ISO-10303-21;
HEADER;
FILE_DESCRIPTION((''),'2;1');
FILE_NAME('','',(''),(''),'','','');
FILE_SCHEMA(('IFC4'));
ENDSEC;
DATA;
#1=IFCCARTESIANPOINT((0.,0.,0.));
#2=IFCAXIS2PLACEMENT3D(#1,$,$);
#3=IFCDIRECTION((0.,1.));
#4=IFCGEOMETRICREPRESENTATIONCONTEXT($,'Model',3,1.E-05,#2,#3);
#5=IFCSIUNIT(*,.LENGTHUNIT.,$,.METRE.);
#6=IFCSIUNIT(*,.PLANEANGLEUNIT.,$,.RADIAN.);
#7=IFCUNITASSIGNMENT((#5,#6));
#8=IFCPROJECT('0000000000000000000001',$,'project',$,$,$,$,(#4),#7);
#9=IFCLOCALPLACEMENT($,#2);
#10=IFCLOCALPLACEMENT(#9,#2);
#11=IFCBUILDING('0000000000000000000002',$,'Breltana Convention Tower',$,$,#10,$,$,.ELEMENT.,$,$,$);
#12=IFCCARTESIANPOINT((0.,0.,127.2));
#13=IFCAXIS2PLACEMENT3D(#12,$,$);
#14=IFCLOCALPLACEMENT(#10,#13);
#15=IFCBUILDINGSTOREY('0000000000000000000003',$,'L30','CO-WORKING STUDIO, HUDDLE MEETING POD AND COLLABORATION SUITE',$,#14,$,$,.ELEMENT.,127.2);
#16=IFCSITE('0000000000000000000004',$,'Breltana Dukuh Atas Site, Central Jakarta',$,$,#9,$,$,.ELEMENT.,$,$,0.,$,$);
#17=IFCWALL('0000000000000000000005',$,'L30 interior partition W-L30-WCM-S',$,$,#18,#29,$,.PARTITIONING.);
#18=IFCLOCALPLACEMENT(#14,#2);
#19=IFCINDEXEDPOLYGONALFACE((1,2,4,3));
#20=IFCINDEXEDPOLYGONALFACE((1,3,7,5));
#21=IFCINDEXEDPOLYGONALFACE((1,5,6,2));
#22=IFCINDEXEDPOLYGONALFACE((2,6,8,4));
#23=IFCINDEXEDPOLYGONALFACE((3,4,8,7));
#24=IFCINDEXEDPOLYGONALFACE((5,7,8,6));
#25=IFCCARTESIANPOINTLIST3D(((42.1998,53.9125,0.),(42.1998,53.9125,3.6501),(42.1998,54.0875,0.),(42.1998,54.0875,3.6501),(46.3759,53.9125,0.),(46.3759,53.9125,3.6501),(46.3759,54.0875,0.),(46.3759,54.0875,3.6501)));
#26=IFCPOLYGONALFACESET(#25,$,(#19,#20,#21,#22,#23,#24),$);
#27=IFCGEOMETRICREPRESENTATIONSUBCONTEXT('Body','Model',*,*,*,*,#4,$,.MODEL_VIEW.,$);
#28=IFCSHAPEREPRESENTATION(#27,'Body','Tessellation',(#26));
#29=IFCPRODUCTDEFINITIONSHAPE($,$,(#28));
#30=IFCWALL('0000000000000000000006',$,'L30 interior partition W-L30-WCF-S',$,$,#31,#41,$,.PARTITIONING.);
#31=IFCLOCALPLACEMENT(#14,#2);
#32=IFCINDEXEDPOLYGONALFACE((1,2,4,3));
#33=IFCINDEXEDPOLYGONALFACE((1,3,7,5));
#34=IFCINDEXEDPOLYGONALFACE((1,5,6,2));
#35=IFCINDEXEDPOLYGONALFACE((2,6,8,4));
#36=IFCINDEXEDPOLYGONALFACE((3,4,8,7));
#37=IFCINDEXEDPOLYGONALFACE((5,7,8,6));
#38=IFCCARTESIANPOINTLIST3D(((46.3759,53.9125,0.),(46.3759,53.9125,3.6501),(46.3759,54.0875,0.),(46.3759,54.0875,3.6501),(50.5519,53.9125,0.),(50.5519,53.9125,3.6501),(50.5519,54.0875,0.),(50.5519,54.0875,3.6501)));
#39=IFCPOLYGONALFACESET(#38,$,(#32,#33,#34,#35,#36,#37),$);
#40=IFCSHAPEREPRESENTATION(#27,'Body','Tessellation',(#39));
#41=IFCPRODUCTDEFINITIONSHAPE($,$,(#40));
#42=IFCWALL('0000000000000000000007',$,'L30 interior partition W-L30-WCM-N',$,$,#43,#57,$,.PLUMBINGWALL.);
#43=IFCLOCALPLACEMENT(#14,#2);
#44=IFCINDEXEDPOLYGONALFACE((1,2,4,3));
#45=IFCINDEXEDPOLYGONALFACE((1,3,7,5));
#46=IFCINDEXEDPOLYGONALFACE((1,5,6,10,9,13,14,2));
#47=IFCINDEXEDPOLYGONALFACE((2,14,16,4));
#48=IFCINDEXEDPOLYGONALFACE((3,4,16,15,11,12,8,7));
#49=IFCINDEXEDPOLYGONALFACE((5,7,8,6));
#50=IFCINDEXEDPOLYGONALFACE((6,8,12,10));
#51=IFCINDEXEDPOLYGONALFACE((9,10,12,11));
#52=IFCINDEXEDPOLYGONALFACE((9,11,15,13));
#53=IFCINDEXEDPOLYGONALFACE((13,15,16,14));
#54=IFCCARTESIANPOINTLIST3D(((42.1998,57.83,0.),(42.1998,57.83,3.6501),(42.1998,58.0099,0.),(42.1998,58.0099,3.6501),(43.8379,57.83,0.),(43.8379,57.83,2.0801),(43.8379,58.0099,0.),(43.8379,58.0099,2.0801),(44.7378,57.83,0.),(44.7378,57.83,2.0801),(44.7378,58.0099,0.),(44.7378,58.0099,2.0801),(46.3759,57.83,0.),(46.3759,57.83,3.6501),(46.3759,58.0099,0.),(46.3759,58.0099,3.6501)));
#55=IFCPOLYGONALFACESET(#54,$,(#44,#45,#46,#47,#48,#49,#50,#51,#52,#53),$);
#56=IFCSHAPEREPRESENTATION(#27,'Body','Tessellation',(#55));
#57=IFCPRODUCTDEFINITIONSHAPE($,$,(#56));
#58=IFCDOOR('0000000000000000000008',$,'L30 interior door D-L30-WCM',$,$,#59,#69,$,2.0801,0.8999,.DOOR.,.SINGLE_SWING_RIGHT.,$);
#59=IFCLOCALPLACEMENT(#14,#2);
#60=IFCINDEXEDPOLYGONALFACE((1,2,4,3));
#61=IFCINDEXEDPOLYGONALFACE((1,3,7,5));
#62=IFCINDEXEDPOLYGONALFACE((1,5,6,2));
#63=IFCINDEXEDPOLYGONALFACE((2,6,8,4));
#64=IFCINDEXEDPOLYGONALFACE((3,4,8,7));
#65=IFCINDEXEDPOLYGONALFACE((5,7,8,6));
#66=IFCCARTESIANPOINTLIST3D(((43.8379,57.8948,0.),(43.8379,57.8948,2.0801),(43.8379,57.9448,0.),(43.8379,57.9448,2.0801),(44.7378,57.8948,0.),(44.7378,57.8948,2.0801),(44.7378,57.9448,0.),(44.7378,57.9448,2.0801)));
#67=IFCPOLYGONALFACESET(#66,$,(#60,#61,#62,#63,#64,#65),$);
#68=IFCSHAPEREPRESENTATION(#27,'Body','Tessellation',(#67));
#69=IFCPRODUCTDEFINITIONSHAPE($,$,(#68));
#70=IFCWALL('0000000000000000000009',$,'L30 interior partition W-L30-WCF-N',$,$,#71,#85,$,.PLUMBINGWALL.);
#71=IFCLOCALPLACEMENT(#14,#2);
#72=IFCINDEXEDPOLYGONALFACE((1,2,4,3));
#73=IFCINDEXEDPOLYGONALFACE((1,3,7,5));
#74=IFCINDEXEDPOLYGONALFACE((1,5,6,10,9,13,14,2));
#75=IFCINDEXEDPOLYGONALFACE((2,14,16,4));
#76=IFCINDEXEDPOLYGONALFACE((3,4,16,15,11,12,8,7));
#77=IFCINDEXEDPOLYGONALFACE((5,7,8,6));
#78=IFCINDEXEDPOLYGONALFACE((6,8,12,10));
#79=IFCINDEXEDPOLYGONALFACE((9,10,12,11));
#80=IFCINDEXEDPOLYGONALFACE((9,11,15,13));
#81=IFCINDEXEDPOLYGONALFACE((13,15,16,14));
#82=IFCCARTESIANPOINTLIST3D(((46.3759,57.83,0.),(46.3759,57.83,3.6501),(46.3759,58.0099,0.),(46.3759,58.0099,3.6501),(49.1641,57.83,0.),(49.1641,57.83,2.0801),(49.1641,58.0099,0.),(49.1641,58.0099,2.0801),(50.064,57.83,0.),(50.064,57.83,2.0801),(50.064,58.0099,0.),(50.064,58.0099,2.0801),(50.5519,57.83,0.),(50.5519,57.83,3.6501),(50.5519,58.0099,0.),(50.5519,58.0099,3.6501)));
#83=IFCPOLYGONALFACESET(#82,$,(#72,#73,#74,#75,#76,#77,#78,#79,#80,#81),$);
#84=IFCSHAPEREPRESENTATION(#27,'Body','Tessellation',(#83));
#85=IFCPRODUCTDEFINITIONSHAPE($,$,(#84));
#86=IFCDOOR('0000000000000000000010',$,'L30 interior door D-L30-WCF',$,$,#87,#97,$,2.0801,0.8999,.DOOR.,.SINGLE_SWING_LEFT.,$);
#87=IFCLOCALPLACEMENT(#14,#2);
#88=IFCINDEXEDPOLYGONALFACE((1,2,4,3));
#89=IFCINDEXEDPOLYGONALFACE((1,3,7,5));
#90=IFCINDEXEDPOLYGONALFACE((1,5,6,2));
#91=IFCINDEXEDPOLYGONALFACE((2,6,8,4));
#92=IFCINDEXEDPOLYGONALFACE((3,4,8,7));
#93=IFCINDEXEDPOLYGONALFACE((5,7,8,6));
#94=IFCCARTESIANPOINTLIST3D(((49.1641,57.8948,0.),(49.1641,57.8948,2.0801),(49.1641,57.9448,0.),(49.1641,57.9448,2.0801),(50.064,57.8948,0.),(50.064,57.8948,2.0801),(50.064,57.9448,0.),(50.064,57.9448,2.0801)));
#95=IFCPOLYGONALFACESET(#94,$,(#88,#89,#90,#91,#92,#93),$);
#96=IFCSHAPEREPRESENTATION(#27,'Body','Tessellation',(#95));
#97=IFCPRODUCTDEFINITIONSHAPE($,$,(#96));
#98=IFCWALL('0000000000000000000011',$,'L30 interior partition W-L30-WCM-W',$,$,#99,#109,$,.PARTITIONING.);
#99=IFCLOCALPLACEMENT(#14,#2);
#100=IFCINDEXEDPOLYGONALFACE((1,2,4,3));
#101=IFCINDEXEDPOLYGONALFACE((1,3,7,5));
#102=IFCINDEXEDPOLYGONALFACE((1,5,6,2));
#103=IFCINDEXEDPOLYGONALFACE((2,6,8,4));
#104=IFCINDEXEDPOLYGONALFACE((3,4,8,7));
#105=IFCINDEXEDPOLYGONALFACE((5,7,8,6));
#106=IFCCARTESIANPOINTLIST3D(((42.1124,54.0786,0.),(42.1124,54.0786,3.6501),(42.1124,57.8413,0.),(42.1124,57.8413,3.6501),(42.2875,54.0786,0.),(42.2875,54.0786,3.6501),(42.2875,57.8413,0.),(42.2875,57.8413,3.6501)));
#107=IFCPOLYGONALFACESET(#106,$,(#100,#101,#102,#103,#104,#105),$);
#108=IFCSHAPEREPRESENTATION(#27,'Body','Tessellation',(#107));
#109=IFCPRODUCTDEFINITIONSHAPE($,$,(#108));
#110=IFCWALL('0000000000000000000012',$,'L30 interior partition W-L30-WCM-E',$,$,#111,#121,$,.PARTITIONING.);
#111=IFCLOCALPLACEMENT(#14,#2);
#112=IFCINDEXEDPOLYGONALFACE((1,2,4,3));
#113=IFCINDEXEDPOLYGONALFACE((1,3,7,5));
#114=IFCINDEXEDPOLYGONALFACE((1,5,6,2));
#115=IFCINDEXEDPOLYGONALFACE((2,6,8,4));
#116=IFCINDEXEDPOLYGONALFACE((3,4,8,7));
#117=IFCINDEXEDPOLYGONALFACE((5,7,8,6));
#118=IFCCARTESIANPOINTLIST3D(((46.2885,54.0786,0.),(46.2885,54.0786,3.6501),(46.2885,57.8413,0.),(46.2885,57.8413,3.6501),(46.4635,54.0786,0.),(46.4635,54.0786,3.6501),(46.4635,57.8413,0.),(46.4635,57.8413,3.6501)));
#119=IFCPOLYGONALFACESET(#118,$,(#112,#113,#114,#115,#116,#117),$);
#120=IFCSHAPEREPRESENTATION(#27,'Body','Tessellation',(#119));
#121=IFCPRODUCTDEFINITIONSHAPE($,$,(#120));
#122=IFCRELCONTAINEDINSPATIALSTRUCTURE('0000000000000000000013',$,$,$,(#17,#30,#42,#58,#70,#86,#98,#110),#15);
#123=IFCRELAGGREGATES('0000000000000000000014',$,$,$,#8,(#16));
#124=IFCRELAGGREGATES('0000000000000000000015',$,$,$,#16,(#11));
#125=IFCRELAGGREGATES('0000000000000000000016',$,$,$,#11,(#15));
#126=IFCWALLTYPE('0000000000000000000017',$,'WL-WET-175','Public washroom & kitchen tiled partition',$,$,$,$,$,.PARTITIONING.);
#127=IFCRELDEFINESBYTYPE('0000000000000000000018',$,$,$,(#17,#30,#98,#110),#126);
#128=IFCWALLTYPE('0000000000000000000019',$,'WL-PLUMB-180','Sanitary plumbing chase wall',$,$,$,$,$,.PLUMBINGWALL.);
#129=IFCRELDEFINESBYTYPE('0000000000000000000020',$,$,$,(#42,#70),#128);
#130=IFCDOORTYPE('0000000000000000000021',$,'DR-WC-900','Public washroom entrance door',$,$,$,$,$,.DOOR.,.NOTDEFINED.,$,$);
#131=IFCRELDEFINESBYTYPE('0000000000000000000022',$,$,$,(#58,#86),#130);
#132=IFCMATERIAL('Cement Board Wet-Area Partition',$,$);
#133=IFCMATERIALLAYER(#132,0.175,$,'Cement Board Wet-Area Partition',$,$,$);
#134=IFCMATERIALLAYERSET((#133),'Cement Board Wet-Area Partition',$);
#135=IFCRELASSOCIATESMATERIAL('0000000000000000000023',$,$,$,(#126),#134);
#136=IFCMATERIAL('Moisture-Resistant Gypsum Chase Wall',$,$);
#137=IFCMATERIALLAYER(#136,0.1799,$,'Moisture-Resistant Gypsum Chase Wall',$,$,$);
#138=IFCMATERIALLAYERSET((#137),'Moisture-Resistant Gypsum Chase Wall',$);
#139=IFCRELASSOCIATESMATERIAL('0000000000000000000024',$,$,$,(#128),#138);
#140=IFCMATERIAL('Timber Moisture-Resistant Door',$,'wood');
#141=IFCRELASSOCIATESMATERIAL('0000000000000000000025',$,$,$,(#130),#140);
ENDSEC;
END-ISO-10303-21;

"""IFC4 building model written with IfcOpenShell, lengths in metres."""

from ifc_helpers import new_model, si_unit, direction, frame, frame_2d, origin, place, context, subcontext, project, spatial, rectangle, extrude, source, transform, mapped, material, layer, layer_set, type_object, type_shapes, element, fill, save


model = new_model("IFC4")

# Units and contexts
model_context = context("Model", 3, precision=1e-05, world=origin(), true_north=direction((0.0, 1.0)))
body_context = subcontext(model_context, "Body", "Model", "MODEL_VIEW")
ifc_project = project(units=[si_unit("LENGTHUNIT", "METRE"), si_unit("PLANEANGLEUNIT", "RADIAN")], contexts=[model_context])

# Site, building, storey
site_placement = place(None, origin())
site = spatial("IfcSite", under=ifc_project, at=site_placement, Name="Breltana Dukuh Atas Site, Central Jakarta", CompositionType="ELEMENT", RefElevation=0.0)
building_placement = place(site_placement, origin())
building = spatial("IfcBuilding", under=site, at=building_placement, Name="Breltana Convention Tower", CompositionType="ELEMENT")
storey_placement = place(building_placement, frame((0.0, 0.0, 127.2)))
storey = spatial("IfcBuildingStorey", under=building, at=storey_placement, Name="L30", Description="CO-WORKING STUDIO, HUDDLE MEETING POD AND COLLABORATION SUITE", CompositionType="ELEMENT", Elevation=127.2)

# Walls
ifc_material_1 = material(Name="Cement Board Wet-Area Partition")
ifc_layer_1 = layer(ifc_material_1, 0.175, Name="Cement Board Wet-Area Partition")
ifc_layer_set_1 = layer_set([ifc_layer_1], Name="Cement Board Wet-Area Partition")
wall_type_1 = type_object("IfcWallType", Name="WL-WET-175", Description="Public washroom & kitchen tiled partition", PredefinedType="PARTITIONING", material=ifc_layer_set_1)
shared_shape_1 = source(origin(), body_context, "Body", "SweptSolid", [
    extrude(rectangle(XDim=4.176, YDim=0.175, at=frame_2d((2.0879, 0.0))), origin(), (0.0, 0.0, 1.0), 3.6501),
])
for number, where, z_axis, x_axis, name in (
    (1, (42.2, 54.0, 0.0), (0.0, 0.0, 1.0), (1.0, 0.0, 0.0), "L30 interior partition W-L30-WCM-S"),
    (2, (46.376, 54.0, 0.0), (0.0, 0.0, 1.0), (1.0, 0.0, 0.0), "L30 interior partition W-L30-WCF-S"),
):
    element("IfcWall", number, at=place(storey_placement, frame(where, z_axis=z_axis, x_axis=x_axis)), inside=storey, type_object=wall_type_1, Name=name, PredefinedType="PARTITIONING", context=body_context, shape_type="MappedRepresentation", body=[
        mapped(shared_shape_1, transform((0.0, 0.0, 0.0), scale=1.0)),
    ])

# Walls, openings, doors
ifc_material_2 = material(Name="Moisture-Resistant Gypsum Chase Wall")
ifc_layer_2 = layer(ifc_material_2, 0.1799, Name="Moisture-Resistant Gypsum Chase Wall")
ifc_layer_set_2 = layer_set([ifc_layer_2], Name="Moisture-Resistant Gypsum Chase Wall")
wall_type_2 = type_object("IfcWallType", Name="WL-PLUMB-180", Description="Sanitary plumbing chase wall", PredefinedType="PLUMBINGWALL", material=ifc_layer_set_2)
shared_shape_2 = source(origin(), body_context, "Body", "SweptSolid", [
    extrude(rectangle(XDim=4.176, YDim=0.1799, at=frame_2d((2.0879, 0.0))), origin(), (0.0, 0.0, 1.0), 3.6501),
])
wall_1_placement = place(storey_placement, frame((42.2, 57.9199, 0.0), z_axis=(0.0, 0.0, 1.0), x_axis=(1.0, 0.0, 0.0)))
wall_1 = element("IfcWall", 3, at=wall_1_placement, inside=storey, type_object=wall_type_2, Name="L30 interior partition W-L30-WCM-N", PredefinedType="PLUMBINGWALL", context=body_context, shape_type="MappedRepresentation", body=[
    mapped(shared_shape_2, transform((0.0, 0.0, 0.0), scale=1.0)),
])
opening_1_placement = place(wall_1_placement, frame((1.6379, 0.0, 0.0)))
opening_1 = element("IfcOpeningElement", 4, at=opening_1_placement, cuts=wall_1, PredefinedType="OPENING", context=body_context, shape_type="SweptSolid", body=[
    extrude(rectangle(XDim=0.8999, YDim=2.0801, at=frame_2d((0.45, 1.04))), frame((0.0, 0.1001, 0.0), z_axis=(0.0, -1.0, 0.0), x_axis=(1.0, 0.0, 0.0)), (0.0, 0.0, 1.0), 0.2),
])
ifc_material_3 = material(Name="Timber Moisture-Resistant Door", Category="wood")
door_type = type_object("IfcDoorType", Name="DR-WC-900", Description="Public washroom entrance door", OperationType="NOTDEFINED", PredefinedType="DOOR", material=ifc_material_3)
shared_shape_3 = source(origin(), body_context, "Body", "SweptSolid", [
    extrude(rectangle(XDim=0.8999, YDim=2.0801, at=frame_2d((0.45, 1.04))), frame((0.0, 0.0249, 0.0), z_axis=(0.0, -1.0, 0.0), x_axis=(1.0, 0.0, 0.0)), (0.0, 0.0, 1.0), 0.05),
])
type_shapes(door_type, [shared_shape_3])
door_1_placement = place(opening_1_placement, origin())
door_1 = element("IfcDoor", 5, at=door_1_placement, inside=storey, type_object=door_type, Name="L30 interior door D-L30-WCM", OperationType="SINGLE_SWING_RIGHT", OverallHeight=2.0801, OverallWidth=0.8999, PredefinedType="DOOR", context=body_context, shape_type="MappedRepresentation", body=[
    mapped(shared_shape_3, transform((0.0, 0.0, 0.0), scale=1.0)),
])
fill(opening_1, door_1)
wall_2_placement = place(storey_placement, frame((46.376, 57.9199, 0.0), z_axis=(0.0, 0.0, 1.0), x_axis=(1.0, 0.0, 0.0)))
wall_2 = element("IfcWall", 6, at=wall_2_placement, inside=storey, type_object=wall_type_2, Name="L30 interior partition W-L30-WCF-N", PredefinedType="PLUMBINGWALL", context=body_context, shape_type="MappedRepresentation", body=[
    mapped(shared_shape_2, transform((0.0, 0.0, 0.0), scale=1.0)),
])
opening_2_placement = place(wall_2_placement, frame((2.7881, 0.0, 0.0)))
opening_2 = element("IfcOpeningElement", 7, at=opening_2_placement, cuts=wall_2, PredefinedType="OPENING", context=body_context, shape_type="SweptSolid", body=[
    extrude(rectangle(XDim=0.8999, YDim=2.0801, at=frame_2d((0.45, 1.04))), frame((0.0, 0.1001, 0.0), z_axis=(0.0, -1.0, 0.0), x_axis=(1.0, 0.0, 0.0)), (0.0, 0.0, 1.0), 0.2),
])
door_2_placement = place(opening_2_placement, origin())
door_2 = element("IfcDoor", 8, at=door_2_placement, inside=storey, type_object=door_type, Name="L30 interior door D-L30-WCF", OperationType="SINGLE_SWING_LEFT", OverallHeight=2.0801, OverallWidth=0.8999, PredefinedType="DOOR", context=body_context, shape_type="MappedRepresentation", body=[
    mapped(shared_shape_3, transform((0.0, 0.0, 0.0), scale=1.0)),
])
fill(opening_2, door_2)

# Walls
shared_shape_4 = source(origin(), body_context, "Body", "SweptSolid", [
    extrude(rectangle(XDim=3.7627, YDim=0.175, at=frame_2d((1.8813, 0.0))), origin(), (0.0, 0.0, 1.0), 3.6501),
])
for number, where, z_axis, x_axis, name in (
    (9, (42.2, 54.0786, 0.0), (0.0, 0.0, 1.0), (0.0, 1.0, 0.0), "L30 interior partition W-L30-WCM-W"),
    (10, (46.376, 54.0786, 0.0), (0.0, 0.0, 1.0), (0.0, 1.0, 0.0), "L30 interior partition W-L30-WCM-E"),
):
    element("IfcWall", number, at=place(storey_placement, frame(where, z_axis=z_axis, x_axis=x_axis)), inside=storey, type_object=wall_type_1, Name=name, PredefinedType="PARTITIONING", context=body_context, shape_type="MappedRepresentation", body=[
        mapped(shared_shape_4, transform((0.0, 0.0, 0.0), scale=1.0)),
    ])

save(model, "model.ifc")
